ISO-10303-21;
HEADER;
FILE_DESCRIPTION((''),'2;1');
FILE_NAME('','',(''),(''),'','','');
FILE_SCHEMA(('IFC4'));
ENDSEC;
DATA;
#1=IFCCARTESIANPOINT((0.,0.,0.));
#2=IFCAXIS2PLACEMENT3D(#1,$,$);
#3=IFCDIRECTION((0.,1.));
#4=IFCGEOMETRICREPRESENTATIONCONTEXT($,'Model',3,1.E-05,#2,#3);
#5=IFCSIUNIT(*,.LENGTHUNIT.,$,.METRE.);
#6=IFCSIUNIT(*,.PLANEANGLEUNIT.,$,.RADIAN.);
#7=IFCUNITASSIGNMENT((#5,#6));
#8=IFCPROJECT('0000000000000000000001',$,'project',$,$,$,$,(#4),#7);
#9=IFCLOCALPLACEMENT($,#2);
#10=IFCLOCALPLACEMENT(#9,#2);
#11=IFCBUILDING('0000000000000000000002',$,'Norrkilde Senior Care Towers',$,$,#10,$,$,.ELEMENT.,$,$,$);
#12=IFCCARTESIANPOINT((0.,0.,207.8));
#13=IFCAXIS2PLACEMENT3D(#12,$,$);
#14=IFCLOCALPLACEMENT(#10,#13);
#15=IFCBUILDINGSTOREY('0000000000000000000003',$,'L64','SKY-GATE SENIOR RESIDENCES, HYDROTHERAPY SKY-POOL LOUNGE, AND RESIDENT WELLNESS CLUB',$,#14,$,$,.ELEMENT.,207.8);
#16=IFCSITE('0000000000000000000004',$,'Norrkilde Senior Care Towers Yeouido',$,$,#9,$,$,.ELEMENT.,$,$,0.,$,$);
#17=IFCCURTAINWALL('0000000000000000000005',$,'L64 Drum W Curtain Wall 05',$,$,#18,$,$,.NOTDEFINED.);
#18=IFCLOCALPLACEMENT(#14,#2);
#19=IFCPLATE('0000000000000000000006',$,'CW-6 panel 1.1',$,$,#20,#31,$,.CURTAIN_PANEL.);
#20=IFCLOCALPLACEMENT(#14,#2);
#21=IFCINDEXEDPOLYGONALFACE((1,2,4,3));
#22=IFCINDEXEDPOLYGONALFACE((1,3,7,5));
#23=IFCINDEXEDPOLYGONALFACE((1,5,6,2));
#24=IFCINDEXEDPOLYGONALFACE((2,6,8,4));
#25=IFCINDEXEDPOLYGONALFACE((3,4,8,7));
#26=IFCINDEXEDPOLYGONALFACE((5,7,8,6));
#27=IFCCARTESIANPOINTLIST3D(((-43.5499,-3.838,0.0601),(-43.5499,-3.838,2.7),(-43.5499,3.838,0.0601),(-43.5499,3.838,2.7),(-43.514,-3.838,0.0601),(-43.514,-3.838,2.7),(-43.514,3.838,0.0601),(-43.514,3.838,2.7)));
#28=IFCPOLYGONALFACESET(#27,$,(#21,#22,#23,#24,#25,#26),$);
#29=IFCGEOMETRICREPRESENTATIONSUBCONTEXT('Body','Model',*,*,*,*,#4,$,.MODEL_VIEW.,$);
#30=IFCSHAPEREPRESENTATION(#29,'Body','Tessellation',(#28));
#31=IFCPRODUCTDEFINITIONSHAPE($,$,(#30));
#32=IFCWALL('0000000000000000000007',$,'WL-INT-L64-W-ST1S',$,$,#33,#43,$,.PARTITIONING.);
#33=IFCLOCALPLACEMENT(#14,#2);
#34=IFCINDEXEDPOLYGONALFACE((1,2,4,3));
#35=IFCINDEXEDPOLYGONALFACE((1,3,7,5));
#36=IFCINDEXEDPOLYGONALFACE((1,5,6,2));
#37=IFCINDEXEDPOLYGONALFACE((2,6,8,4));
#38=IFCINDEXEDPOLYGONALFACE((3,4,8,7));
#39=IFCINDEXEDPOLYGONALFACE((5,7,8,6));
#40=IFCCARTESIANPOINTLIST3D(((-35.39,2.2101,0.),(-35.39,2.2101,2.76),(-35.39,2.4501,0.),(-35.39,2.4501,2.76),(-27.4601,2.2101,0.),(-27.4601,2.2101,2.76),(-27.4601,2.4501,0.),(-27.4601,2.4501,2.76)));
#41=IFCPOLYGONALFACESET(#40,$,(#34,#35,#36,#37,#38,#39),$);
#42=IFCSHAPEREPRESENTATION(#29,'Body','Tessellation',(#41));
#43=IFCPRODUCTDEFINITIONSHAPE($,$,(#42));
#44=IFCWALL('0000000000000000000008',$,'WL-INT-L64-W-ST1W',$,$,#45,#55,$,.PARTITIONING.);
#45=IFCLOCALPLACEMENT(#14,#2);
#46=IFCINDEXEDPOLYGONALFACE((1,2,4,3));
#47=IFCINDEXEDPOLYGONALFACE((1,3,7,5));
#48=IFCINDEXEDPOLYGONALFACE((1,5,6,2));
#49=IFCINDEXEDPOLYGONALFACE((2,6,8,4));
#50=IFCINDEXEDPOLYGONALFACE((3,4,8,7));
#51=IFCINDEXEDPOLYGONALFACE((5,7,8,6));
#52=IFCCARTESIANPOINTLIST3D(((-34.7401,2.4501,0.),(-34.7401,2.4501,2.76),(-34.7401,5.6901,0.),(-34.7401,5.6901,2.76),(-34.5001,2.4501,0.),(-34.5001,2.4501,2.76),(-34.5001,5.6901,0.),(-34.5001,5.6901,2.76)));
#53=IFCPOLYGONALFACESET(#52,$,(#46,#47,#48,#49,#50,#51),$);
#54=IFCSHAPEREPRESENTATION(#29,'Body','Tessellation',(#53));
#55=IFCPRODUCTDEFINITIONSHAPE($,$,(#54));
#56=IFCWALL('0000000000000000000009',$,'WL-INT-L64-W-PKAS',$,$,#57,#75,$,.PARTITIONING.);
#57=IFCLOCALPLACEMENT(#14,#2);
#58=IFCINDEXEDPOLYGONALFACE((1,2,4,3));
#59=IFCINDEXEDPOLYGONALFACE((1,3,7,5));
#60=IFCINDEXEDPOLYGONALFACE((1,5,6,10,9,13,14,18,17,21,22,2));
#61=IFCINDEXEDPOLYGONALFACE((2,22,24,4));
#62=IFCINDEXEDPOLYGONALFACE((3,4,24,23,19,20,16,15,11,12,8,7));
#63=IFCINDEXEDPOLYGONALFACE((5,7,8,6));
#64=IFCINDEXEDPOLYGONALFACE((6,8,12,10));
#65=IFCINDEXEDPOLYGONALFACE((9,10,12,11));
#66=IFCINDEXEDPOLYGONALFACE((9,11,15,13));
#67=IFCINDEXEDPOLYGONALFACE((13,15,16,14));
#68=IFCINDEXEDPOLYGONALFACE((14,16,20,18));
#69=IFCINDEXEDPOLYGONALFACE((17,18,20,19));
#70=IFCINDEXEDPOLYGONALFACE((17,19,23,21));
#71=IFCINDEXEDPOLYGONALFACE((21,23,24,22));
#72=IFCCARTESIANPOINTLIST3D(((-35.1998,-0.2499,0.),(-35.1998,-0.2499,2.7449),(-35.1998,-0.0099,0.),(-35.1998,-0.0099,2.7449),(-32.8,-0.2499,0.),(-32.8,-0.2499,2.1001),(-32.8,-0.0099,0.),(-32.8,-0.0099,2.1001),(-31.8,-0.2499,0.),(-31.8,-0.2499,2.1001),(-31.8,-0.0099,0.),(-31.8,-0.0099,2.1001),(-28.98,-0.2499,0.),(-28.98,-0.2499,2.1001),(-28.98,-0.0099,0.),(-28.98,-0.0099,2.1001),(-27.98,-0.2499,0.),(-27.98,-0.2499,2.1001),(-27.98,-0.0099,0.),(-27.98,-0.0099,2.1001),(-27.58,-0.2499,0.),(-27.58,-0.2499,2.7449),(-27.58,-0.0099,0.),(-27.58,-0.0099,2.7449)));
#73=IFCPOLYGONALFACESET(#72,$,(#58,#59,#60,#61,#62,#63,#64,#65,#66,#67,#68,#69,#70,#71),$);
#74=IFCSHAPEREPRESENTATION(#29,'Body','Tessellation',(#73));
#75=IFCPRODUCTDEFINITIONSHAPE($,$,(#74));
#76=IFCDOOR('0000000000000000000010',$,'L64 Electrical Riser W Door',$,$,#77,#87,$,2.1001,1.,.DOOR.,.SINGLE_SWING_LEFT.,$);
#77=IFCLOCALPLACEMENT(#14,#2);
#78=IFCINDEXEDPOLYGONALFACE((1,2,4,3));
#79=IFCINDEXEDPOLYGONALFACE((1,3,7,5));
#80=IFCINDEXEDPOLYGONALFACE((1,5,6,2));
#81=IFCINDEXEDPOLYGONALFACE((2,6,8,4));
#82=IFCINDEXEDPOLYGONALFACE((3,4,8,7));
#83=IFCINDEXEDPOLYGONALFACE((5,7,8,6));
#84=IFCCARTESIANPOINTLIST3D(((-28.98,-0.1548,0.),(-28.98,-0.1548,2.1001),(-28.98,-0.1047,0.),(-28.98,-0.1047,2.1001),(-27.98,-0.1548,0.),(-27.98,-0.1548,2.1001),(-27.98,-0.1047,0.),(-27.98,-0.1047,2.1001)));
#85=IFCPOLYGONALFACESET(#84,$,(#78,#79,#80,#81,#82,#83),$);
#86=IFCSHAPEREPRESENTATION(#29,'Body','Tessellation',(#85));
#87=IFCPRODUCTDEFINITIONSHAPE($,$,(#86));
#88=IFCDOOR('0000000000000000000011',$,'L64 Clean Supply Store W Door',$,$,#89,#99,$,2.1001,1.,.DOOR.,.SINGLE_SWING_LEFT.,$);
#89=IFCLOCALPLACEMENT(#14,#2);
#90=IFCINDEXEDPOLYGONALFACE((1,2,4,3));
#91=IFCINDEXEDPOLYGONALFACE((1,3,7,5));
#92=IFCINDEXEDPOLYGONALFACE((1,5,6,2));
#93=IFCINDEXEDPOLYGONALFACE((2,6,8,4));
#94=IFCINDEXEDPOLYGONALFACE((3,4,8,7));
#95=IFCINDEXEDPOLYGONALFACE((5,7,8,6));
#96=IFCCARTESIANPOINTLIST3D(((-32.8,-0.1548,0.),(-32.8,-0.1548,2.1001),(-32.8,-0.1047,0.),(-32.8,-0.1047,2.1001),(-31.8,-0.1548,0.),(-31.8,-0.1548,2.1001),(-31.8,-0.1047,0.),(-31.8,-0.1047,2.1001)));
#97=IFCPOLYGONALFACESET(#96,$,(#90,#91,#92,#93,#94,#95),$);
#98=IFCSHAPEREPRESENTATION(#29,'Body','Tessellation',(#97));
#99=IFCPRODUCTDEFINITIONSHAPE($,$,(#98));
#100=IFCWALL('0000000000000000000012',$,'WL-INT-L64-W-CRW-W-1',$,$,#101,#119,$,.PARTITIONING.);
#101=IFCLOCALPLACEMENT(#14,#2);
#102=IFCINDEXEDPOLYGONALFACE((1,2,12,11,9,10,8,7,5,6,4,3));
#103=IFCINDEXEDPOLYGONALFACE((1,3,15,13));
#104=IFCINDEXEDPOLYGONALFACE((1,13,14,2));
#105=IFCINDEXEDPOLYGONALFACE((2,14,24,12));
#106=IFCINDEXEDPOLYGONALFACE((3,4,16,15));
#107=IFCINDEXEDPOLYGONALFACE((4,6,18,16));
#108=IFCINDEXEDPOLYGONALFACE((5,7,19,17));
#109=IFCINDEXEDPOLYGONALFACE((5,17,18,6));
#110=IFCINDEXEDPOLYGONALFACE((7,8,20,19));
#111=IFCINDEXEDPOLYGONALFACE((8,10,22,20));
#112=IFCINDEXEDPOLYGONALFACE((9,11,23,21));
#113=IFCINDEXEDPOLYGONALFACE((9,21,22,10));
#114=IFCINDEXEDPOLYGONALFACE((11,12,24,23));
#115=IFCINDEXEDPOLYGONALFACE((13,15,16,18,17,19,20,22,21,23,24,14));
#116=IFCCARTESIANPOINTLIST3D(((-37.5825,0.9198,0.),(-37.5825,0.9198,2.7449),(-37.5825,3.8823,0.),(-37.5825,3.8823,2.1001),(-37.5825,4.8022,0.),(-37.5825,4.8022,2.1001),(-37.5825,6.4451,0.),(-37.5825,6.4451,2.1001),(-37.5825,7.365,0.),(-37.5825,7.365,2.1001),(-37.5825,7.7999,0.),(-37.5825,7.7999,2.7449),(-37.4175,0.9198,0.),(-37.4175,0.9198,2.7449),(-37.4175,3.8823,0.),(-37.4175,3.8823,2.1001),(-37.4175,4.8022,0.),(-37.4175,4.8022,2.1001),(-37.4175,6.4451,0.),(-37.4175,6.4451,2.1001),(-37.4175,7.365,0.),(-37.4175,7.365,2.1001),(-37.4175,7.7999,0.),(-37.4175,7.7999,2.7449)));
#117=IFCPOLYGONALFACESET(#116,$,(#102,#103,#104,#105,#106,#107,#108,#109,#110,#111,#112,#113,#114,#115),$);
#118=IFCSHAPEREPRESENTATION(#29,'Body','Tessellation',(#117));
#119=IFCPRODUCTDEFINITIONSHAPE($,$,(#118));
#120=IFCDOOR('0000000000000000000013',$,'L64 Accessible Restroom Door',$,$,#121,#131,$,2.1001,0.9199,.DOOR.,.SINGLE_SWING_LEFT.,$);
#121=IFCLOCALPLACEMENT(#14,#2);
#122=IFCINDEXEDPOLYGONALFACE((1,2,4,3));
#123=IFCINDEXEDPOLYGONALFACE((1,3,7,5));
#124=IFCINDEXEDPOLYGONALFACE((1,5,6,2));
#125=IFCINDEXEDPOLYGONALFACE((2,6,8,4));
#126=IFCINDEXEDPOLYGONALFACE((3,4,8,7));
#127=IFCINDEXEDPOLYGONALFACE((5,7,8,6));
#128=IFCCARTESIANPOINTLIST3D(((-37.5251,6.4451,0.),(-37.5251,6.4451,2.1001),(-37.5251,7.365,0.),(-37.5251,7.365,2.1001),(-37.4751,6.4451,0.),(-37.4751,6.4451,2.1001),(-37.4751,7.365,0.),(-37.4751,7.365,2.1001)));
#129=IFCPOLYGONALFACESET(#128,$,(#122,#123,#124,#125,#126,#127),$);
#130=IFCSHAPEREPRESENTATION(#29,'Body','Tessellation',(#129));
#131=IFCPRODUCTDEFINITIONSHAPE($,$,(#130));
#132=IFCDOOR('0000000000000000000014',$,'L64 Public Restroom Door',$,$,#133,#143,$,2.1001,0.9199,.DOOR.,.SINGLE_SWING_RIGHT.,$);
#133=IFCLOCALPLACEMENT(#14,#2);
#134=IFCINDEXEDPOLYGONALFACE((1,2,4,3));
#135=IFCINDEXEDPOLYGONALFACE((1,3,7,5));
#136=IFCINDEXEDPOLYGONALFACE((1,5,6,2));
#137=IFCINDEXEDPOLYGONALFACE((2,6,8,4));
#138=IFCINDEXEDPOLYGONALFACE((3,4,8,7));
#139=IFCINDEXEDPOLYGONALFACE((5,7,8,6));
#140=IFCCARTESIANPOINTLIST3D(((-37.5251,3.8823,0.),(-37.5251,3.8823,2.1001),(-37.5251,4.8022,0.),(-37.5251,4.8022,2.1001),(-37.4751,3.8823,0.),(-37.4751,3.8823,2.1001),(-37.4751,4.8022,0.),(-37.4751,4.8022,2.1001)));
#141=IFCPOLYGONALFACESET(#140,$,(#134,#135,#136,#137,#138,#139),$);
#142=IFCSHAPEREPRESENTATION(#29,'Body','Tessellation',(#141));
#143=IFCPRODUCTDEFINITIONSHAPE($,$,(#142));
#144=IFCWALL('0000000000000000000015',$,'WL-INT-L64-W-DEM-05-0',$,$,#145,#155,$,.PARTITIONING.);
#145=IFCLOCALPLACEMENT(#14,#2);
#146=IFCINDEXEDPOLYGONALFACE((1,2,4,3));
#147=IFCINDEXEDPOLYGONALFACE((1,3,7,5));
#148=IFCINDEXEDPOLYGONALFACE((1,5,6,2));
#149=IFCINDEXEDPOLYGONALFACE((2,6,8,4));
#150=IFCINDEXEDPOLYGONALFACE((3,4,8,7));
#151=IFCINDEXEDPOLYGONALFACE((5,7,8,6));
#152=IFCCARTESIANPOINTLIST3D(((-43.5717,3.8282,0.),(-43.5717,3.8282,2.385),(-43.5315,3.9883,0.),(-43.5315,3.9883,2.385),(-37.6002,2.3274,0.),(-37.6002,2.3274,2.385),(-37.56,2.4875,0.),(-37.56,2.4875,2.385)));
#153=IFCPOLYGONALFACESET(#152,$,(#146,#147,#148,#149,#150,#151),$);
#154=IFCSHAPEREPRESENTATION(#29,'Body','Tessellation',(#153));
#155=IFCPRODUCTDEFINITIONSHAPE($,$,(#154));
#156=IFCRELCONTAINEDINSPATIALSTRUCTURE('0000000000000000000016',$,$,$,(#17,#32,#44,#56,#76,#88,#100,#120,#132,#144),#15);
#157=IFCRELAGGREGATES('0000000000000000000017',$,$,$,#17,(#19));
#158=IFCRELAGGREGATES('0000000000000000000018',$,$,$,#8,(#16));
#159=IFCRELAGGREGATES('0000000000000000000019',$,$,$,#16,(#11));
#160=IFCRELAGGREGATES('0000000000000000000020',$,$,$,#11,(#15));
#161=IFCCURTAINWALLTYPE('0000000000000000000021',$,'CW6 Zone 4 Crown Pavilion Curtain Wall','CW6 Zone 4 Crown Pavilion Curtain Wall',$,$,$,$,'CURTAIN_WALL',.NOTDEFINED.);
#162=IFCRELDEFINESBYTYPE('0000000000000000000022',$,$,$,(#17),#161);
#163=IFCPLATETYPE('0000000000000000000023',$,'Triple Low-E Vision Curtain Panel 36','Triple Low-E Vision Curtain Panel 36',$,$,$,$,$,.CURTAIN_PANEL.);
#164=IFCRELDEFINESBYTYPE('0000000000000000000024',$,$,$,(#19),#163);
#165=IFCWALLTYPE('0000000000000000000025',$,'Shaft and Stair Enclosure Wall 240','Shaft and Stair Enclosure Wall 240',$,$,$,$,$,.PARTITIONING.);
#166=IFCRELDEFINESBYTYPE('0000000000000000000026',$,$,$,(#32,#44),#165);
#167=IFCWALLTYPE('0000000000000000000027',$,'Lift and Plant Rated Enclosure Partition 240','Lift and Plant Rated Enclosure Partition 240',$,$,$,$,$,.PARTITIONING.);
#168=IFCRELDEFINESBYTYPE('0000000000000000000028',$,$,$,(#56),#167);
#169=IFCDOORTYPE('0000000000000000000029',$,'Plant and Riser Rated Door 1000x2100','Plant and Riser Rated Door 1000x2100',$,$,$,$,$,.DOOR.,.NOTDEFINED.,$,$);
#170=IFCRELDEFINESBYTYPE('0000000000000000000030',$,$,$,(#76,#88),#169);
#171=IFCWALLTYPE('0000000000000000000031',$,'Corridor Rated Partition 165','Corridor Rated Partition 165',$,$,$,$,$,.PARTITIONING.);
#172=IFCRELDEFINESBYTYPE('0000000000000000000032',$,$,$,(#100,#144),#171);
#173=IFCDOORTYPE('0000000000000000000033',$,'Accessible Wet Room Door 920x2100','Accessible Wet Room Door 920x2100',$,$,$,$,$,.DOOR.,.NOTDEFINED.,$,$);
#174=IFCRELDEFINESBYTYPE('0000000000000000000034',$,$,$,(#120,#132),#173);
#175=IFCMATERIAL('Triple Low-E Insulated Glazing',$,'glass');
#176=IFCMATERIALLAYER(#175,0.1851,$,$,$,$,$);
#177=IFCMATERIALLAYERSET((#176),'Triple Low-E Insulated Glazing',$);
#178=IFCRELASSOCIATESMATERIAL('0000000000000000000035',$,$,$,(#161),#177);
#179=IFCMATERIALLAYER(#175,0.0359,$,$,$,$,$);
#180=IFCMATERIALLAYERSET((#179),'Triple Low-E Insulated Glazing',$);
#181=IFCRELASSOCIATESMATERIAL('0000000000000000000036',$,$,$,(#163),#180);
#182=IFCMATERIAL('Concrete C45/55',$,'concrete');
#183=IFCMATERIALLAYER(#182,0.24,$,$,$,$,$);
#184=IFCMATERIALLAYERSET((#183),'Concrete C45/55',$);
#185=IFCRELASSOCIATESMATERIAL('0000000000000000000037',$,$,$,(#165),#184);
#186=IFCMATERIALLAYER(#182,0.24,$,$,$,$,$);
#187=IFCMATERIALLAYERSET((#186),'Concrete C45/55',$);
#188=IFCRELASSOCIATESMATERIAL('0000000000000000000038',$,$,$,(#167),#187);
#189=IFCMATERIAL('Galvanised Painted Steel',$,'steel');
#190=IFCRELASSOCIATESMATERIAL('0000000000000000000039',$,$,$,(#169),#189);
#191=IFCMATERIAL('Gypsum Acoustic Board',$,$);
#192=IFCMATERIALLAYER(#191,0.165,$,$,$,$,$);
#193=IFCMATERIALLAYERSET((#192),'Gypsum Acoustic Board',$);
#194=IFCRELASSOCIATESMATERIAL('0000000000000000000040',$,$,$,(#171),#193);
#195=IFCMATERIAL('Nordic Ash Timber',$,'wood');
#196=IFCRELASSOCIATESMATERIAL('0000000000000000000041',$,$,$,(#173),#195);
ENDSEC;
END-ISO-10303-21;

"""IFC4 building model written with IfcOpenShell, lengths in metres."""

from ifc_helpers import new_model, si_unit, direction, frame, frame_2d, origin, origin_2d, place, context, subcontext, project, spatial, rectangle, extrude, source, transform, mapped, material, layer, layer_set, type_object, type_shapes, element, fill, aggregate, save


model = new_model("IFC4")

# Units and contexts
model_context = context("Model", 3, precision=1e-05, world=origin(), true_north=direction((0.0, 1.0)))
body_context = subcontext(model_context, "Body", "Model", "MODEL_VIEW")
ifc_project = project(units=[si_unit("LENGTHUNIT", "METRE"), si_unit("PLANEANGLEUNIT", "RADIAN")], contexts=[model_context])

# Site, building, storey
site_placement = place(None, origin())
site = spatial("IfcSite", under=ifc_project, at=site_placement, Name="Norrkilde Senior Care Towers Yeouido", CompositionType="ELEMENT", RefElevation=0.0)
building_placement = place(site_placement, origin())
building = spatial("IfcBuilding", under=site, at=building_placement, Name="Norrkilde Senior Care Towers", CompositionType="ELEMENT")
storey_placement = place(building_placement, frame((0.0, 0.0, 207.8)))
storey = spatial("IfcBuildingStorey", under=building, at=storey_placement, Name="L64", Description="SKY-GATE SENIOR RESIDENCES, HYDROTHERAPY SKY-POOL LOUNGE, AND RESIDENT WELLNESS CLUB", CompositionType="ELEMENT", Elevation=207.8)

# Shared definitions
ifc_material_1 = material(Name="Triple Low-E Insulated Glazing", Category="glass")
ifc_layer_1 = layer(ifc_material_1, 0.1851)
ifc_layer_set_1 = layer_set([ifc_layer_1], Name="Triple Low-E Insulated Glazing")
curtain_wall_type = type_object("IfcCurtainWallType", Name="CW6 Zone 4 Crown Pavilion Curtain Wall", Description="CW6 Zone 4 Crown Pavilion Curtain Wall", ElementType="CURTAIN_WALL", PredefinedType="NOTDEFINED", material=ifc_layer_set_1)

# Curtain wall, plate
curtain_wall_1_placement = place(storey_placement, origin())
curtain_wall_1 = element("IfcCurtainWall", 1, at=curtain_wall_1_placement, inside=storey, type_object=curtain_wall_type, Name="L64 Drum W Curtain Wall 05", PredefinedType="NOTDEFINED")
ifc_layer_2 = layer(ifc_material_1, 0.0359)
ifc_layer_set_2 = layer_set([ifc_layer_2], Name="Triple Low-E Insulated Glazing")
plate_type = type_object("IfcPlateType", Name="Triple Low-E Vision Curtain Panel 36", Description="Triple Low-E Vision Curtain Panel 36", PredefinedType="CURTAIN_PANEL", material=ifc_layer_set_2)
shared_shape_1 = source(origin(), body_context, "Body", "SweptSolid", [
    extrude(rectangle(XDim=7.676, YDim=0.0359, at=origin_2d()), origin(), (0.0, 0.0, 1.0), 2.6399),
])
type_shapes(plate_type, [shared_shape_1])
plate_placement = place(storey_placement, frame((-43.532, 0.0, 0.0601), z_axis=(0.0, 0.0, 1.0), x_axis=(0.0, 1.0, 0.0)))
plate = element("IfcPlate", 2, at=plate_placement, type_object=plate_type, Name="CW-6 panel 1.1", PredefinedType="CURTAIN_PANEL", context=body_context, shape_type="MappedRepresentation", body=[
    mapped(shared_shape_1, transform((0.0, 0.0, 0.0), x_axis=(1.0, 0.0, 0.0), y_axis=(0.0, 1.0, 0.0), z_axis=(0.0, 0.0, 1.0), scale=1.0)),
])
aggregate(curtain_wall_1, [plate])

# Walls
ifc_material_2 = material(Name="Concrete C45/55", Category="concrete")
ifc_layer_3 = layer(ifc_material_2, 0.24)
ifc_layer_set_3 = layer_set([ifc_layer_3], Name="Concrete C45/55")
wall_type_1 = type_object("IfcWallType", Name="Shaft and Stair Enclosure Wall 240", Description="Shaft and Stair Enclosure Wall 240", PredefinedType="PARTITIONING", material=ifc_layer_set_3)
shared_shape_2 = source(origin(), body_context, "Body", "SweptSolid", [
    extrude(rectangle(XDim=7.9299, YDim=0.24, at=frame_2d((3.9648, 0.0))), origin(), (0.0, 0.0, 1.0), 2.76),
])
wall_1_placement = place(storey_placement, frame((-35.3899, 2.3301, 0.0), z_axis=(0.0, 0.0, 1.0), x_axis=(1.0, 0.0, 0.0)))
element("IfcWall", 3, at=wall_1_placement, inside=storey, type_object=wall_type_1, Name="WL-INT-L64-W-ST1S", PredefinedType="PARTITIONING", context=body_context, shape_type="MappedRepresentation", body=[
    mapped(shared_shape_2, transform((0.0, 0.0, 0.0), x_axis=(1.0, 0.0, 0.0), y_axis=(0.0, 1.0, 0.0), z_axis=(0.0, 0.0, 1.0), scale=1.0)),
])
shared_shape_3 = source(origin(), body_context, "Body", "SweptSolid", [
    extrude(rectangle(XDim=3.24, YDim=0.24, at=frame_2d((1.6201, 0.0))), origin(), (0.0, 0.0, 1.0), 2.76),
])
type_shapes(wall_type_1, [shared_shape_2, shared_shape_3])
wall_2_placement = place(storey_placement, frame((-34.6201, 2.45, 0.0), z_axis=(0.0, 0.0, 1.0), x_axis=(0.0, 1.0, 0.0)))
element("IfcWall", 4, at=wall_2_placement, inside=storey, type_object=wall_type_1, Name="WL-INT-L64-W-ST1W", PredefinedType="PARTITIONING", context=body_context, shape_type="MappedRepresentation", body=[
    mapped(shared_shape_3, transform((0.0, 0.0, 0.0), x_axis=(1.0, 0.0, 0.0), y_axis=(0.0, 1.0, 0.0), z_axis=(0.0, 0.0, 1.0), scale=1.0)),
])

# Walls, openings, doors
ifc_layer_4 = layer(ifc_material_2, 0.24)
ifc_layer_set_4 = layer_set([ifc_layer_4], Name="Concrete C45/55")
wall_type_2 = type_object("IfcWallType", Name="Lift and Plant Rated Enclosure Partition 240", Description="Lift and Plant Rated Enclosure Partition 240", PredefinedType="PARTITIONING", material=ifc_layer_set_4)
shared_shape_4 = source(origin(), body_context, "Body", "SweptSolid", [
    extrude(rectangle(XDim=7.6199, YDim=0.24, at=frame_2d((3.8101, 0.0))), origin(), (0.0, 0.0, 1.0), 2.7449),
])
type_shapes(wall_type_2, [shared_shape_4])
wall_3_placement = place(storey_placement, frame((-35.2, -0.1299, 0.0), z_axis=(0.0, 0.0, 1.0), x_axis=(1.0, 0.0, 0.0)))
wall_3 = element("IfcWall", 5, at=wall_3_placement, inside=storey, type_object=wall_type_2, Name="WL-INT-L64-W-PKAS", PredefinedType="PARTITIONING", context=body_context, shape_type="MappedRepresentation", body=[
    mapped(shared_shape_4, transform((0.0, 0.0, 0.0), x_axis=(1.0, 0.0, 0.0), y_axis=(0.0, 1.0, 0.0), z_axis=(0.0, 0.0, 1.0), scale=1.0)),
])
opening_1_placement = place(wall_3_placement, frame((6.22, 0.0, 0.0)))
opening_1 = element("IfcOpeningElement", 6, at=opening_1_placement, cuts=wall_3, PredefinedType="OPENING", context=body_context, shape_type="SweptSolid", body=[
    extrude(rectangle(XDim=1.0, YDim=2.1001, at=frame_2d((0.5, 1.05))), frame((0.0, 0.1299, 0.0), z_axis=(0.0, -1.0, 0.0), x_axis=(1.0, 0.0, 0.0)), (0.0, 0.0, 1.0), 0.26),
])
opening_2_placement = place(wall_3_placement, frame((2.3999, 0.0, 0.0)))
opening_2 = element("IfcOpeningElement", 7, at=opening_2_placement, cuts=wall_3, PredefinedType="OPENING", context=body_context, shape_type="SweptSolid", body=[
    extrude(rectangle(XDim=1.0, YDim=2.1001, at=frame_2d((0.5, 1.05))), frame((0.0, 0.1299, 0.0), z_axis=(0.0, -1.0, 0.0), x_axis=(1.0, 0.0, 0.0)), (0.0, 0.0, 1.0), 0.26),
])
ifc_material_3 = material(Name="Galvanised Painted Steel", Category="steel")
door_type_1 = type_object("IfcDoorType", Name="Plant and Riser Rated Door 1000x2100", Description="Plant and Riser Rated Door 1000x2100", OperationType="NOTDEFINED", PredefinedType="DOOR", material=ifc_material_3)
shared_shape_5 = source(origin(), body_context, "Body", "SweptSolid", [
    extrude(rectangle(XDim=1.0, YDim=2.1001, at=frame_2d((0.5, 1.05))), frame((0.0, 0.0249, 0.0), z_axis=(0.0, -1.0, 0.0), x_axis=(1.0, 0.0, 0.0)), (0.0, 0.0, 1.0), 0.05),
])
type_shapes(door_type_1, [shared_shape_5])
door_1_placement = place(opening_1_placement, frame((1.0, 0.0, 0.0), z_axis=(0.0, 0.0, 1.0), x_axis=(-1.0, 0.0, 0.0)))
door_1 = element("IfcDoor", 8, at=door_1_placement, inside=storey, type_object=door_type_1, Name="L64 Electrical Riser W Door", OperationType="SINGLE_SWING_LEFT", OverallHeight=2.1001, OverallWidth=1.0, PredefinedType="DOOR", context=body_context, shape_type="MappedRepresentation", body=[
    mapped(shared_shape_5, transform((0.0, 0.0, 0.0), x_axis=(1.0, 0.0, 0.0), y_axis=(0.0, 1.0, 0.0), z_axis=(0.0, 0.0, 1.0), scale=1.0)),
])
fill(opening_1, door_1)
door_2_placement = place(opening_2_placement, frame((1.0, 0.0, 0.0), z_axis=(0.0, 0.0, 1.0), x_axis=(-1.0, 0.0, 0.0)))
door_2 = element("IfcDoor", 9, at=door_2_placement, inside=storey, type_object=door_type_1, Name="L64 Clean Supply Store W Door", OperationType="SINGLE_SWING_LEFT", OverallHeight=2.1001, OverallWidth=1.0, PredefinedType="DOOR", context=body_context, shape_type="MappedRepresentation", body=[
    mapped(shared_shape_5, transform((0.0, 0.0, 0.0), x_axis=(1.0, 0.0, 0.0), y_axis=(0.0, 1.0, 0.0), z_axis=(0.0, 0.0, 1.0), scale=1.0)),
])
fill(opening_2, door_2)
ifc_material_4 = material(Name="Gypsum Acoustic Board")
ifc_layer_5 = layer(ifc_material_4, 0.165)
ifc_layer_set_5 = layer_set([ifc_layer_5], Name="Gypsum Acoustic Board")
wall_type_3 = type_object("IfcWallType", Name="Corridor Rated Partition 165", Description="Corridor Rated Partition 165", PredefinedType="PARTITIONING", material=ifc_layer_set_5)
shared_shape_6 = source(origin(), body_context, "Body", "SweptSolid", [
    extrude(rectangle(XDim=6.8801, YDim=0.165, at=frame_2d((3.4399, 0.0))), origin(), (0.0, 0.0, 1.0), 2.7449),
])
wall_4_placement = place(storey_placement, frame((-37.5, 0.9199, 0.0), z_axis=(0.0, 0.0, 1.0), x_axis=(0.0, 1.0, 0.0)))
wall_4 = element("IfcWall", 10, at=wall_4_placement, inside=storey, type_object=wall_type_3, Name="WL-INT-L64-W-CRW-W-1", PredefinedType="PARTITIONING", context=body_context, shape_type="MappedRepresentation", body=[
    mapped(shared_shape_6, transform((0.0, 0.0, 0.0), x_axis=(1.0, 0.0, 0.0), y_axis=(0.0, 1.0, 0.0), z_axis=(0.0, 0.0, 1.0), scale=1.0)),
])
opening_3_placement = place(wall_4_placement, frame((5.5251, 0.0, 0.0)))
opening_3 = element("IfcOpeningElement", 11, at=opening_3_placement, cuts=wall_4, PredefinedType="OPENING", context=body_context, shape_type="SweptSolid", body=[
    extrude(rectangle(XDim=0.9199, YDim=2.1001, at=frame_2d((0.46, 1.05))), frame((0.0, 0.0925, 0.0), z_axis=(0.0, -1.0, 0.0), x_axis=(1.0, 0.0, 0.0)), (0.0, 0.0, 1.0), 0.1851),
])
opening_4_placement = place(wall_4_placement, frame((2.9624, 0.0, 0.0)))
opening_4 = element("IfcOpeningElement", 12, at=opening_4_placement, cuts=wall_4, PredefinedType="OPENING", context=body_context, shape_type="SweptSolid", body=[
    extrude(rectangle(XDim=0.9199, YDim=2.1001, at=frame_2d((0.46, 1.05))), frame((0.0, 0.0925, 0.0), z_axis=(0.0, -1.0, 0.0), x_axis=(1.0, 0.0, 0.0)), (0.0, 0.0, 1.0), 0.1851),
])
ifc_material_5 = material(Name="Nordic Ash Timber", Category="wood")
door_type_2 = type_object("IfcDoorType", Name="Accessible Wet Room Door 920x2100", Description="Accessible Wet Room Door 920x2100", OperationType="NOTDEFINED", PredefinedType="DOOR", material=ifc_material_5)
shared_shape_7 = source(origin(), body_context, "Body", "SweptSolid", [
    extrude(rectangle(XDim=0.9199, YDim=2.1001, at=frame_2d((0.46, 1.05))), frame((0.0, 0.0249, 0.0), z_axis=(0.0, -1.0, 0.0), x_axis=(1.0, 0.0, 0.0)), (0.0, 0.0, 1.0), 0.05),
])
type_shapes(door_type_2, [shared_shape_7])
door_3_placement = place(opening_3_placement, frame((0.9199, 0.0, 0.0), z_axis=(0.0, 0.0, 1.0), x_axis=(-1.0, 0.0, 0.0)))
door_3 = element("IfcDoor", 13, at=door_3_placement, inside=storey, type_object=door_type_2, Name="L64 Accessible Restroom Door", OperationType="SINGLE_SWING_LEFT", OverallHeight=2.1001, OverallWidth=0.9199, PredefinedType="DOOR", context=body_context, shape_type="MappedRepresentation", body=[
    mapped(shared_shape_7, transform((0.0, 0.0, 0.0), x_axis=(1.0, 0.0, 0.0), y_axis=(0.0, 1.0, 0.0), z_axis=(0.0, 0.0, 1.0), scale=1.0)),
])
fill(opening_3, door_3)
door_4_placement = place(opening_4_placement, frame((0.9199, 0.0, 0.0), z_axis=(0.0, 0.0, 1.0), x_axis=(-1.0, 0.0, 0.0)))
door_4 = element("IfcDoor", 14, at=door_4_placement, inside=storey, type_object=door_type_2, Name="L64 Public Restroom Door", OperationType="SINGLE_SWING_RIGHT", OverallHeight=2.1001, OverallWidth=0.9199, PredefinedType="DOOR", context=body_context, shape_type="MappedRepresentation", body=[
    mapped(shared_shape_7, transform((0.0, 0.0, 0.0), x_axis=(1.0, 0.0, 0.0), y_axis=(0.0, 1.0, 0.0), z_axis=(0.0, 0.0, 1.0), scale=1.0)),
])
fill(opening_4, door_4)

# Wall
shared_shape_8 = source(origin(), body_context, "Body", "SweptSolid", [
    extrude(rectangle(XDim=6.1572, YDim=0.165, at=frame_2d((3.0786, 0.0))), origin(), (0.0, 0.0, 1.0), 2.385),
])
wall_5_placement = place(storey_placement, frame((-37.5801, 2.4075, 0.0), z_axis=(0.0, 0.0, 1.0), x_axis=(-0.969841, 0.243739, 0.0)))
element("IfcWall", 15, at=wall_5_placement, inside=storey, type_object=wall_type_3, Name="WL-INT-L64-W-DEM-05-0", PredefinedType="PARTITIONING", context=body_context, shape_type="MappedRepresentation", body=[
    mapped(shared_shape_8, transform((0.0, 0.0, 0.0), x_axis=(1.0, 0.0, 0.0), y_axis=(0.0, 1.0, 0.0), z_axis=(0.0, 0.0, 1.0), scale=1.0)),
])

save(model, "model.ifc")
